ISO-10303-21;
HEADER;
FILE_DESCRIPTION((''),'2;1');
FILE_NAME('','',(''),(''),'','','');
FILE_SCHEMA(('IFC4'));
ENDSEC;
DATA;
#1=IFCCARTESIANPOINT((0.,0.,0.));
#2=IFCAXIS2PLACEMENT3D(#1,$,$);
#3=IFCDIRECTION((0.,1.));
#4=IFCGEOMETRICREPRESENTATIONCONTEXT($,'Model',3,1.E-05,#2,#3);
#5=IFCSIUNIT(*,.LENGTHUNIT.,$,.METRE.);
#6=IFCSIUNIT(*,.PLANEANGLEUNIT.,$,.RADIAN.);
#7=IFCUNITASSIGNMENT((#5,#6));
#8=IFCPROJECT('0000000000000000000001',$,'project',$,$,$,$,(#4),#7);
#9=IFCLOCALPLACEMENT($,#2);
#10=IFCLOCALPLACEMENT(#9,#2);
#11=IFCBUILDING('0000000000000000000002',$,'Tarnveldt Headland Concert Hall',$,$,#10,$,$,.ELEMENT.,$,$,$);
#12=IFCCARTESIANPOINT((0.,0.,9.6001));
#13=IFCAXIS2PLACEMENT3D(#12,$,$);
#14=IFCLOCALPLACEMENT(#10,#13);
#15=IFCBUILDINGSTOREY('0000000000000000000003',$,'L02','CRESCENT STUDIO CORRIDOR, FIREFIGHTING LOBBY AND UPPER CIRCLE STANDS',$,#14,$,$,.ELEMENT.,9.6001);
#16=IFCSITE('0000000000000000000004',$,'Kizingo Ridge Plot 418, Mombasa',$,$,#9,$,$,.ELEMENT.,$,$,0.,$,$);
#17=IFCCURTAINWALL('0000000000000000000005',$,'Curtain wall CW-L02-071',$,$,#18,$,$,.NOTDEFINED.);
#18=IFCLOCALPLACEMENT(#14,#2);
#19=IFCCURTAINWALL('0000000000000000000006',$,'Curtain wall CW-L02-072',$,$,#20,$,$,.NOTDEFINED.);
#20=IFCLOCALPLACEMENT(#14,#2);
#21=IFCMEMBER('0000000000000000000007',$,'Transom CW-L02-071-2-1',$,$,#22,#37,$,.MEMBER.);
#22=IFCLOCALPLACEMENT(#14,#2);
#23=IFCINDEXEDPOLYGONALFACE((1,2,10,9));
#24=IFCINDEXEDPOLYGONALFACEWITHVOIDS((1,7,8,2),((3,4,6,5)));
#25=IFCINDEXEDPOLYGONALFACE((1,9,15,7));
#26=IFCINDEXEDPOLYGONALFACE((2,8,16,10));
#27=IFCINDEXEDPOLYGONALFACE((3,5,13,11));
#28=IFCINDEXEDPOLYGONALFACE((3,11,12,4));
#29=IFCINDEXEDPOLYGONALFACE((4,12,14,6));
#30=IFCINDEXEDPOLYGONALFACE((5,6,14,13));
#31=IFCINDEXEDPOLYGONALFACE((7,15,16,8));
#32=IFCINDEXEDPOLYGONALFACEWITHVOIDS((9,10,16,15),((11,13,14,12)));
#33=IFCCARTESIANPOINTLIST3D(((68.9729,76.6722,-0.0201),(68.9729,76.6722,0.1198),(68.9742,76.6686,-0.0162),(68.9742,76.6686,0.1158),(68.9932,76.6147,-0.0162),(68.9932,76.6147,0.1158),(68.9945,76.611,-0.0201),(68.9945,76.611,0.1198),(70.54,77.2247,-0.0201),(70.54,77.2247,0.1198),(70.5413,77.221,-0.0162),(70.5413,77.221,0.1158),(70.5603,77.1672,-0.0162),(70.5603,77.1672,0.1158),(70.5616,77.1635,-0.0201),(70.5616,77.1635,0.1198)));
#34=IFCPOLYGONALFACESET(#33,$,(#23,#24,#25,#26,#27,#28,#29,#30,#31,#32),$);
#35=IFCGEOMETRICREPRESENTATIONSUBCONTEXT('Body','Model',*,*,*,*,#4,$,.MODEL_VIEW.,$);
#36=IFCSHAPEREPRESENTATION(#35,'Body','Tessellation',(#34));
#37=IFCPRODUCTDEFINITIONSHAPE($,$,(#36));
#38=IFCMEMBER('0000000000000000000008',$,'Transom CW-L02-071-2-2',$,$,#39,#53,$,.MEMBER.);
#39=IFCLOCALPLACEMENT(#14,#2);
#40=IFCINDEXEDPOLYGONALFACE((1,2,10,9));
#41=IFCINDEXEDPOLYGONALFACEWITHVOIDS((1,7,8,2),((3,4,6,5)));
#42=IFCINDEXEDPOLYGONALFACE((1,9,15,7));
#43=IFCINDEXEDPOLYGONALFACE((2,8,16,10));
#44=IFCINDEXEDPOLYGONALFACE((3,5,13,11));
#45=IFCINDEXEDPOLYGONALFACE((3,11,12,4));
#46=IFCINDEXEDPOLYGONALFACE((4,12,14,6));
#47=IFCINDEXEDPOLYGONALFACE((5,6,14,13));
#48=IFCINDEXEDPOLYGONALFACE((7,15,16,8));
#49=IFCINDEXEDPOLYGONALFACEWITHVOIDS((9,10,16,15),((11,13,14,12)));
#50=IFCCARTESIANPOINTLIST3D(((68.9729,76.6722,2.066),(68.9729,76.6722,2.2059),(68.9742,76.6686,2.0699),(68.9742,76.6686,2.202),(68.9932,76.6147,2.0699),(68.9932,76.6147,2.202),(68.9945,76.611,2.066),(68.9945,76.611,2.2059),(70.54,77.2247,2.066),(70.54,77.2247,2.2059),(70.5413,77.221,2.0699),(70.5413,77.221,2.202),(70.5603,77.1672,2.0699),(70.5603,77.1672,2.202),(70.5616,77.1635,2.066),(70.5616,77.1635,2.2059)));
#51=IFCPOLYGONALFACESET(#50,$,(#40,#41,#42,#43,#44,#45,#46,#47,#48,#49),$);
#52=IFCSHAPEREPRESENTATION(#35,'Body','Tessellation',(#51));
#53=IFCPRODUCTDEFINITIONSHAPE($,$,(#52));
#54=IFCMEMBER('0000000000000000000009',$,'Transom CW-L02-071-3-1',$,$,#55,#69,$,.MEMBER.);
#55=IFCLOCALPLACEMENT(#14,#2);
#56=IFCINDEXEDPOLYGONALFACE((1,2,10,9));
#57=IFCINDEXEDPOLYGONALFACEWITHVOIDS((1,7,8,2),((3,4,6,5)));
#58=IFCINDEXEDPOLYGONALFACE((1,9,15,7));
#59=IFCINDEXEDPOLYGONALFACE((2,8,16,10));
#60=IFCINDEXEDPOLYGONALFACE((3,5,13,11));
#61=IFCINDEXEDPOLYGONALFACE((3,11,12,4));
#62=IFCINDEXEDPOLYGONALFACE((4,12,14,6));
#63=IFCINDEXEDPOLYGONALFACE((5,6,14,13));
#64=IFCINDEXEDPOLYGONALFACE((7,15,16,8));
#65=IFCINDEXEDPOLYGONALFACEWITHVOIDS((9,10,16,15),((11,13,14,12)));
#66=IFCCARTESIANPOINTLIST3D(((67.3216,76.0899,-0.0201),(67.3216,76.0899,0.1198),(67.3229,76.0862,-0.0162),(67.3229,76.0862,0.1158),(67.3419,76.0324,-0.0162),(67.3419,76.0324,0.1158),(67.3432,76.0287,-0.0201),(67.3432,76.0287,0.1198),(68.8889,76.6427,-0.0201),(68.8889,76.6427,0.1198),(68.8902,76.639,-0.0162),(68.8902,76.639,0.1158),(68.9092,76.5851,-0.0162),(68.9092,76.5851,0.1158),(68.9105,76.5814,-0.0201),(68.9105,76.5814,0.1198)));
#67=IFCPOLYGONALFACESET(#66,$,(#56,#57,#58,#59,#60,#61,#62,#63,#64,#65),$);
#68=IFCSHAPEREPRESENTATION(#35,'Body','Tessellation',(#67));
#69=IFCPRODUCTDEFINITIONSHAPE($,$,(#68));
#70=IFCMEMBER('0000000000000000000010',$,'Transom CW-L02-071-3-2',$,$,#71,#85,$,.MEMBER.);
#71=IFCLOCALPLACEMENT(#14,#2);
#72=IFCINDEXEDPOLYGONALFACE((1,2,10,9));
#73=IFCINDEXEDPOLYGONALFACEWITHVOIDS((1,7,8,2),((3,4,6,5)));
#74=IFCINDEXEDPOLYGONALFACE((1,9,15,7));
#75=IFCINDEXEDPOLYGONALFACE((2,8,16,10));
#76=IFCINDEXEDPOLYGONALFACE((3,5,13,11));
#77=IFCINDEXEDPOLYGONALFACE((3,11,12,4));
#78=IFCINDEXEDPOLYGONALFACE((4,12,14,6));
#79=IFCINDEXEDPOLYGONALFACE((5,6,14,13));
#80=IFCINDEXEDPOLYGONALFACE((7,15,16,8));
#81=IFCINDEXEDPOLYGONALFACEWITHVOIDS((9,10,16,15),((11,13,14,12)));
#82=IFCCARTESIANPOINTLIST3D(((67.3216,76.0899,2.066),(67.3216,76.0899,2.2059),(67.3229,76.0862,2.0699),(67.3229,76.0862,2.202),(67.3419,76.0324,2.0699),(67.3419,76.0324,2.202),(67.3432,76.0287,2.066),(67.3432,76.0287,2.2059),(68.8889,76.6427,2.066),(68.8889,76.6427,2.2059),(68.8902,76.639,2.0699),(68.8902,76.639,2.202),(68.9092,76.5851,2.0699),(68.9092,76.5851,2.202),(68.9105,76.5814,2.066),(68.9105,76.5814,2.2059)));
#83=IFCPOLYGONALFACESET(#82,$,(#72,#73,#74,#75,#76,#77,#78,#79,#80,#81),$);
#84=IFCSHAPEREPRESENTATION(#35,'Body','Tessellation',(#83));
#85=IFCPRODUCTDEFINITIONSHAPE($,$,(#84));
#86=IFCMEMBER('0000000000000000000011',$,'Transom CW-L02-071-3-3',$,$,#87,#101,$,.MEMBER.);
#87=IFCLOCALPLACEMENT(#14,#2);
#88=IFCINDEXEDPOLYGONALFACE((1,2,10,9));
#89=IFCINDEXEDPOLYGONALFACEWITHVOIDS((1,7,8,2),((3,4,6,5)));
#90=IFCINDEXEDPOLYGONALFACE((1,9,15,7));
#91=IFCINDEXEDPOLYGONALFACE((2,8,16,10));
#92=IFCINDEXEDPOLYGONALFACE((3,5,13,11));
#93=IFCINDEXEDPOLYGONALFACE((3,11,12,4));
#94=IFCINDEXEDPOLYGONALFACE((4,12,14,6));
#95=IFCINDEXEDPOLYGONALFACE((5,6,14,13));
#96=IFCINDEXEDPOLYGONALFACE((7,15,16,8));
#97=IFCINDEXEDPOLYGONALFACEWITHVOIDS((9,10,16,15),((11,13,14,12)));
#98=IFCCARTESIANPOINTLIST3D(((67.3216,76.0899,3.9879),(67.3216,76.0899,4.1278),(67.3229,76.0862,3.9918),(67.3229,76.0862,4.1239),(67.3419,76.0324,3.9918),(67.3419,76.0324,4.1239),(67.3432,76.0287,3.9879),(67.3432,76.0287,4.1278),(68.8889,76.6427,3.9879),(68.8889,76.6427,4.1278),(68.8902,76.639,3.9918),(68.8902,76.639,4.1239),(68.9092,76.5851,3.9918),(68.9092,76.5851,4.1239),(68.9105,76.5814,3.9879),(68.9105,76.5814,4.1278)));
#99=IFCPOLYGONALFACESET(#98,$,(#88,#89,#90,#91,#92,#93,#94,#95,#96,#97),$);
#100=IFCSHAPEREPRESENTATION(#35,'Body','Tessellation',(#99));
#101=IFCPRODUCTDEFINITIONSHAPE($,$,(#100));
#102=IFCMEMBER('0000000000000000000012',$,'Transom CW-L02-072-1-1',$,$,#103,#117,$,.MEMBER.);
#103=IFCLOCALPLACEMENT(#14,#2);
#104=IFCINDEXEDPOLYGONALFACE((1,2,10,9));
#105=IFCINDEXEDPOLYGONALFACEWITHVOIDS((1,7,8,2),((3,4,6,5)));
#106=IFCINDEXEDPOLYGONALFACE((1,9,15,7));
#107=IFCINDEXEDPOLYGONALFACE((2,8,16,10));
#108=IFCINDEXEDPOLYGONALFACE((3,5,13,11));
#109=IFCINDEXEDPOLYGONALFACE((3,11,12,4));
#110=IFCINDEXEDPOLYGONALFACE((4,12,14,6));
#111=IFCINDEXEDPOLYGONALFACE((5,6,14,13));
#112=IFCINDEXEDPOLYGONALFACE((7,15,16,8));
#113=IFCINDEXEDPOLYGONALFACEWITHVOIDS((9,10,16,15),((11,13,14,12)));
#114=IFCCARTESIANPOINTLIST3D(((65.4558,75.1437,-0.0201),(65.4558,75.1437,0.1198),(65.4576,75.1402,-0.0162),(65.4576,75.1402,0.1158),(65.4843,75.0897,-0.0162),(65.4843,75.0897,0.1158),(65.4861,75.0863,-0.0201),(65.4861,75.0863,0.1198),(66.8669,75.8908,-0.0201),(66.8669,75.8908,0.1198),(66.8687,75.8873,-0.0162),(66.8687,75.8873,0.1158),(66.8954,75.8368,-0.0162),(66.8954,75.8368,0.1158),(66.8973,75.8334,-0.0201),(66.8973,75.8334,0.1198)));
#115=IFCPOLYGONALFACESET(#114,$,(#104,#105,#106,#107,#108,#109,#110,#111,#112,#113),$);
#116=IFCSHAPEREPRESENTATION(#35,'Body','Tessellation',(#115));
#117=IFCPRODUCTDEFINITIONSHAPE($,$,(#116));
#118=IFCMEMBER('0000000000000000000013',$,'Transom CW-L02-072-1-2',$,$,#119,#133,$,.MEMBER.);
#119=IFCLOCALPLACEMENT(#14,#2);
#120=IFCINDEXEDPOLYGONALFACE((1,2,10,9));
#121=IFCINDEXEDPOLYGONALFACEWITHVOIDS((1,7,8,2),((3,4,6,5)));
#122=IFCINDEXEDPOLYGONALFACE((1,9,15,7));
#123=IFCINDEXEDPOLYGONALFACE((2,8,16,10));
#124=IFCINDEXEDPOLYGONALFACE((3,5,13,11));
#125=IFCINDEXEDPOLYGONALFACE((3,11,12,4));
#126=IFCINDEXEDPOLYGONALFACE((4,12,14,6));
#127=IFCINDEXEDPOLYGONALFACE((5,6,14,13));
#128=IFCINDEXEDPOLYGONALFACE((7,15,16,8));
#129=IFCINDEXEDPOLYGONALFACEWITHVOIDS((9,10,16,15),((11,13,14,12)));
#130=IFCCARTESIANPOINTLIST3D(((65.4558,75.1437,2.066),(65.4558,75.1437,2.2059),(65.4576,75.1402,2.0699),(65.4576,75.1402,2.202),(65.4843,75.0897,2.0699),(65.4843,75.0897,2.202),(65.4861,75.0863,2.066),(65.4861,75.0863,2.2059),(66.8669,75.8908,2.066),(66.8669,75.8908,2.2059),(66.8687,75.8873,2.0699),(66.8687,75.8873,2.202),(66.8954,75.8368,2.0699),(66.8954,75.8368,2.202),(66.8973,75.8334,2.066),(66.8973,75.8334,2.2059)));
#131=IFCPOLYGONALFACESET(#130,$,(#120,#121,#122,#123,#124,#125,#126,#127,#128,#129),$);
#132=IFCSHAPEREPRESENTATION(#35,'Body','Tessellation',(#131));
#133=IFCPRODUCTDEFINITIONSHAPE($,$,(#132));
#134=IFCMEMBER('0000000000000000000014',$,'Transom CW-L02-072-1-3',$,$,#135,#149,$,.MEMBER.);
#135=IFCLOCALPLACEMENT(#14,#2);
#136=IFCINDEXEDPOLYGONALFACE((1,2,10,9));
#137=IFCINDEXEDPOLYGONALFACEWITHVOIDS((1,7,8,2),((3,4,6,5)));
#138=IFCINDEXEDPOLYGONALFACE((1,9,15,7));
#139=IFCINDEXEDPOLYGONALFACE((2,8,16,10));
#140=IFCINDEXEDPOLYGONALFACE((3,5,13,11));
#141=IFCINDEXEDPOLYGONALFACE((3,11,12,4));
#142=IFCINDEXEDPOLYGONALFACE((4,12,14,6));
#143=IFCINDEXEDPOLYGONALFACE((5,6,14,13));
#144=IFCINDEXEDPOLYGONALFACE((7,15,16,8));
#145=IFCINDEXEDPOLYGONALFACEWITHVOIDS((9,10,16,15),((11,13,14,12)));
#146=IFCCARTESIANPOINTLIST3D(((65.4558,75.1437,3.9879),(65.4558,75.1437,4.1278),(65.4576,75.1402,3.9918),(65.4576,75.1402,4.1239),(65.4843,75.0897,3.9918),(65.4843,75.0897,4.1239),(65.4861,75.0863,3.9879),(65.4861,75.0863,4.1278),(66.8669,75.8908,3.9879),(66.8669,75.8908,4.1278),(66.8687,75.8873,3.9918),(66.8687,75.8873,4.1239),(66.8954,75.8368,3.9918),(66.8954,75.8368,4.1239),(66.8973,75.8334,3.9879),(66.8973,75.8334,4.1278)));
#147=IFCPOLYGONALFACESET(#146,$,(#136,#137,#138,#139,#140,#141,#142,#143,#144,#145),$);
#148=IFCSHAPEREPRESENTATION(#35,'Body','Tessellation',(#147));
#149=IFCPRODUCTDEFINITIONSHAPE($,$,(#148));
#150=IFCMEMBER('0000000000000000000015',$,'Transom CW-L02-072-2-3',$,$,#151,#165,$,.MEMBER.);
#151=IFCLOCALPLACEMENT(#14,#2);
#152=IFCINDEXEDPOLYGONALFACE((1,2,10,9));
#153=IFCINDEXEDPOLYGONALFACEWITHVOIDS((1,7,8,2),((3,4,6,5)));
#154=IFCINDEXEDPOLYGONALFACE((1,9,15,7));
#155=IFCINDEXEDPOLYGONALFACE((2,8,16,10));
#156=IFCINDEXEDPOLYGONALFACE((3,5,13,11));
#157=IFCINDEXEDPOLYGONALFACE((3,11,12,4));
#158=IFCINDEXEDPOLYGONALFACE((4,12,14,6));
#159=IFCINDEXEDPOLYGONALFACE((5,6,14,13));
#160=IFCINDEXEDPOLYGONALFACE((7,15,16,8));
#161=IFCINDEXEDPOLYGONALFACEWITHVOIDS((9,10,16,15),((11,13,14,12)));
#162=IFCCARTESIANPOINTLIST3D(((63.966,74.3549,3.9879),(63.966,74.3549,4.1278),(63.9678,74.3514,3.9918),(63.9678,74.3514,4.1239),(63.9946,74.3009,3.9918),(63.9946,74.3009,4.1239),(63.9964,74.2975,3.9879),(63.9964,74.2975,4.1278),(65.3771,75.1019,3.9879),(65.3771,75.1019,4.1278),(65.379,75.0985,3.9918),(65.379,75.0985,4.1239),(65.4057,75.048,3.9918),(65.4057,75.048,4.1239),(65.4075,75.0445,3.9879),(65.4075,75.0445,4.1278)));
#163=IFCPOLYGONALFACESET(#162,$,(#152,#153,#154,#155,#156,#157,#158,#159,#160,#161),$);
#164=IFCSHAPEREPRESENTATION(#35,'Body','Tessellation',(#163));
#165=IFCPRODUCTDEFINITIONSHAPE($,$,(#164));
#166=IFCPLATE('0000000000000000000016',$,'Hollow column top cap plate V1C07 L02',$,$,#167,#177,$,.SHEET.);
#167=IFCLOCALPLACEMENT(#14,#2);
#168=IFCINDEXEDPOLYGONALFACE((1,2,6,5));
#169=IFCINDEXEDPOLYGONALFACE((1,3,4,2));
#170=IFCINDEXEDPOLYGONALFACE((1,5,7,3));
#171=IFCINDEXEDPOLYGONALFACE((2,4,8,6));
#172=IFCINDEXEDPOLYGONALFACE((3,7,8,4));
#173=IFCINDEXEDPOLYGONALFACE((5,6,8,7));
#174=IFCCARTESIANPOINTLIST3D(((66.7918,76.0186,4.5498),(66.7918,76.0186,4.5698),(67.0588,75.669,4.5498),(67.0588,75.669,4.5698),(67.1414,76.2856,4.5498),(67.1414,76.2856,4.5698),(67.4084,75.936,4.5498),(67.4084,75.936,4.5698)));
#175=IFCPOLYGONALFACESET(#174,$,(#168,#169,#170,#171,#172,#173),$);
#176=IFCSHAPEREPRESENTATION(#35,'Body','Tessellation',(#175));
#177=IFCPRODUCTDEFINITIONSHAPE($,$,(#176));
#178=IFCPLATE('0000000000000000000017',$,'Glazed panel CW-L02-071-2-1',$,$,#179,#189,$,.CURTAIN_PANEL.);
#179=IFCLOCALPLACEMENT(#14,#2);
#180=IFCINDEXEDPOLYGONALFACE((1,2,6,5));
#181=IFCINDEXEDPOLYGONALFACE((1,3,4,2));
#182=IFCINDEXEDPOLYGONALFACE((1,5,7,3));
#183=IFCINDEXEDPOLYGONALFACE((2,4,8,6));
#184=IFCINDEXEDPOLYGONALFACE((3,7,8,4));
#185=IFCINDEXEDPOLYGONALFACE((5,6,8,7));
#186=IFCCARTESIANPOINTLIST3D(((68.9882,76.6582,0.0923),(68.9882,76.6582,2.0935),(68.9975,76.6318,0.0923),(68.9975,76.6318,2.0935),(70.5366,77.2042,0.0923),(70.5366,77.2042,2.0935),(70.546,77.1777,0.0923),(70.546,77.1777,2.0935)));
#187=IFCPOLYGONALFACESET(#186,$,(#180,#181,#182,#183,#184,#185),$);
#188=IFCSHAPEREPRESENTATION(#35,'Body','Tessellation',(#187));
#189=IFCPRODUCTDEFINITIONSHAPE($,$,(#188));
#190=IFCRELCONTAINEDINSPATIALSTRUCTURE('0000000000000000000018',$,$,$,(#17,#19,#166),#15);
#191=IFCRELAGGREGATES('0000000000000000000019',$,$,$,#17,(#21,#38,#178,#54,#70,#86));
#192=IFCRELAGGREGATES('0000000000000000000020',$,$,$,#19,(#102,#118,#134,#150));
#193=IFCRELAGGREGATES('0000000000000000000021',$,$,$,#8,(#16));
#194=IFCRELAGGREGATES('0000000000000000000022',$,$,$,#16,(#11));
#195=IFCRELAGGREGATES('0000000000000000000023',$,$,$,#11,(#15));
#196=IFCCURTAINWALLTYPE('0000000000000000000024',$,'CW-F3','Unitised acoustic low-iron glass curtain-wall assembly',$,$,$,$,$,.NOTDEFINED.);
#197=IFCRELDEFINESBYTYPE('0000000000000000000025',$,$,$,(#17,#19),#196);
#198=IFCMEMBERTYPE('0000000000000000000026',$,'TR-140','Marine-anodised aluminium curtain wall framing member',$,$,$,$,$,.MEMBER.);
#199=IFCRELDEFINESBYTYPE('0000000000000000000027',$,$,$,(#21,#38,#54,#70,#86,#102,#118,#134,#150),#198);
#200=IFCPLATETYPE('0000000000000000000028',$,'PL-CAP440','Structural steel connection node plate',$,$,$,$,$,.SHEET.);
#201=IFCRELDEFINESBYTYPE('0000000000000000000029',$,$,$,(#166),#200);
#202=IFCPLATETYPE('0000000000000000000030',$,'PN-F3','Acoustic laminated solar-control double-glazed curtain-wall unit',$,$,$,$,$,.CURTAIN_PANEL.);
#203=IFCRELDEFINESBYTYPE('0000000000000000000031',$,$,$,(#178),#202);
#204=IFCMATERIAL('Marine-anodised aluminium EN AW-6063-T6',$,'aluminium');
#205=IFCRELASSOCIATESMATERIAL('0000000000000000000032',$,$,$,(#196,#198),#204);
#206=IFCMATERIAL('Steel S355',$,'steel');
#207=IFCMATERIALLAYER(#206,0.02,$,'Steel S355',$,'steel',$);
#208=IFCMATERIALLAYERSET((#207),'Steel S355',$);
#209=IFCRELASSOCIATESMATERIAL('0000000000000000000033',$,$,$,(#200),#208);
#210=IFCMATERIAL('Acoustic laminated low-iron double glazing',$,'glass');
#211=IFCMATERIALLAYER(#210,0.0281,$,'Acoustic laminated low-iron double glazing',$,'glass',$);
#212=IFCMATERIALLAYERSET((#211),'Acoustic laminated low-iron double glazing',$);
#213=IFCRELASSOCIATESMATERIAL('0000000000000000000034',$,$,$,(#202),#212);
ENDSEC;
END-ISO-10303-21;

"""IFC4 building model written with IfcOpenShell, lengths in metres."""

from ifc_helpers import new_model, si_unit, direction, frame, origin, origin_2d, place, context, subcontext, project, spatial, rectangle, hollow_rectangle, extrude, material, layer, layer_set, material_profile, profile_set, type_object, element, aggregate, save


model = new_model("IFC4")

# Units and contexts
model_context = context("Model", 3, precision=1e-05, world=origin(), true_north=direction((0.0, 1.0)))
body_context = subcontext(model_context, "Body", "Model", "MODEL_VIEW")
ifc_project = project(units=[si_unit("LENGTHUNIT", "METRE"), si_unit("PLANEANGLEUNIT", "RADIAN")], contexts=[model_context])

# Site, building, storey
site_placement = place(None, origin())
site = spatial("IfcSite", under=ifc_project, at=site_placement, Name="Kizingo Ridge Plot 418, Mombasa", CompositionType="ELEMENT", RefElevation=0.0)
building_placement = place(site_placement, origin())
building = spatial("IfcBuilding", under=site, at=building_placement, Name="Tarnveldt Headland Concert Hall", CompositionType="ELEMENT")
storey_placement = place(building_placement, frame((0.0, 0.0, 9.6001)))
storey = spatial("IfcBuildingStorey", under=building, at=storey_placement, Name="L02", Description="CRESCENT STUDIO CORRIDOR, FIREFIGHTING LOBBY AND UPPER CIRCLE STANDS", CompositionType="ELEMENT", Elevation=9.6001)

# Shared definitions
ifc_material_1 = material(Name="Steel S355", Category="steel")

# Curtain walls
ifc_material_2 = material(Name="Marine-anodised aluminium EN AW-6063-T6", Category="aluminium")
curtain_wall_type = type_object("IfcCurtainWallType", Name="CW-F3", Description="Unitised acoustic low-iron glass curtain-wall assembly", PredefinedType="NOTDEFINED", material=ifc_material_2)
curtain_wall_1_placement = place(storey_placement, origin())
curtain_wall_1 = element("IfcCurtainWall", 1, at=curtain_wall_1_placement, inside=storey, type_object=curtain_wall_type, Name="Curtain wall CW-L02-071", PredefinedType="NOTDEFINED")
curtain_wall_2_placement = place(storey_placement, origin())
curtain_wall_2 = element("IfcCurtainWall", 2, at=curtain_wall_2_placement, inside=storey, type_object=curtain_wall_type, Name="Curtain wall CW-L02-072", PredefinedType="NOTDEFINED")

# Members
ifc_material_profile_1 = material_profile(ifc_material_2, hollow_rectangle(XDim=0.0649, YDim=0.1399, WallThickness=0.0039, at=origin_2d()), Name="ALU TRANSOM 65x140x4", Category="aluminium")
ifc_profile_set_1 = profile_set([ifc_material_profile_1], Name="Marine-anodised aluminium EN AW-6063-T6")
member_type_1 = type_object("IfcMemberType", Name="TR-140", Description="Marine-anodised aluminium curtain wall framing member", PredefinedType="MEMBER", material=ifc_profile_set_1)
member_1_placement = place(storey_placement, frame((70.5508, 77.1941, 0.0498), z_axis=(-0.943107, -0.33249, 0.0), x_axis=(0.33249, -0.943107, 0.0)))
member_1 = element("IfcMember", 3, at=member_1_placement, type_object=member_type_1, Name="Transom CW-L02-071-2-1", PredefinedType="MEMBER", context=body_context, shape_type="SweptSolid", body=[
    extrude(hollow_rectangle(XDim=0.0649, YDim=0.1399, WallThickness=0.0039, at=origin_2d()), origin(), (0.0, 0.0, 1.0), 1.6616),
])
member_2_placement = place(storey_placement, frame((70.5508, 77.1941, 2.136), z_axis=(-0.943107, -0.33249, 0.0), x_axis=(0.33249, -0.943107, 0.0)))
member_2 = element("IfcMember", 4, at=member_2_placement, type_object=member_type_1, Name="Transom CW-L02-071-2-2", PredefinedType="MEMBER", context=body_context, shape_type="SweptSolid", body=[
    extrude(hollow_rectangle(XDim=0.0649, YDim=0.1399, WallThickness=0.0039, at=origin_2d()), origin(), (0.0, 0.0, 1.0), 1.6616),
])
member_3_placement = place(storey_placement, frame((68.8997, 76.6121, 0.0498), z_axis=(-0.943061, -0.33262, 0.0), x_axis=(0.33262, -0.943061, 0.0)))
member_3 = element("IfcMember", 5, at=member_3_placement, type_object=member_type_1, Name="Transom CW-L02-071-3-1", PredefinedType="MEMBER", context=body_context, shape_type="SweptSolid", body=[
    extrude(hollow_rectangle(XDim=0.0649, YDim=0.1399, WallThickness=0.0039, at=origin_2d()), origin(), (0.0, 0.0, 1.0), 1.6619),
])
member_4_placement = place(storey_placement, frame((68.8997, 76.6121, 2.136), z_axis=(-0.943061, -0.33262, 0.0), x_axis=(0.33262, -0.943061, 0.0)))
member_4 = element("IfcMember", 6, at=member_4_placement, type_object=member_type_1, Name="Transom CW-L02-071-3-2", PredefinedType="MEMBER", context=body_context, shape_type="SweptSolid", body=[
    extrude(hollow_rectangle(XDim=0.0649, YDim=0.1399, WallThickness=0.0039, at=origin_2d()), origin(), (0.0, 0.0, 1.0), 1.6619),
])
member_5_placement = place(storey_placement, frame((68.8997, 76.6121, 4.0579), z_axis=(-0.943061, -0.33262, 0.0), x_axis=(0.33262, -0.943061, 0.0)))
member_5 = element("IfcMember", 7, at=member_5_placement, type_object=member_type_1, Name="Transom CW-L02-071-3-3", PredefinedType="MEMBER", context=body_context, shape_type="SweptSolid", body=[
    extrude(hollow_rectangle(XDim=0.0649, YDim=0.1399, WallThickness=0.0039, at=origin_2d()), origin(), (0.0, 0.0, 1.0), 1.6619),
])
member_6_placement = place(storey_placement, frame((66.8821, 75.8621, 0.0498), z_axis=(-0.883788, -0.467888, 0.0), x_axis=(0.467888, -0.883788, 0.0)))
member_6 = element("IfcMember", 8, at=member_6_placement, type_object=member_type_1, Name="Transom CW-L02-072-1-1", PredefinedType="MEMBER", context=body_context, shape_type="SweptSolid", body=[
    extrude(hollow_rectangle(XDim=0.0649, YDim=0.1399, WallThickness=0.0039, at=origin_2d()), origin(), (0.0, 0.0, 1.0), 1.5967),
])
member_7_placement = place(storey_placement, frame((66.8821, 75.8621, 2.136), z_axis=(-0.883788, -0.467888, 0.0), x_axis=(0.467888, -0.883788, 0.0)))
member_7 = element("IfcMember", 9, at=member_7_placement, type_object=member_type_1, Name="Transom CW-L02-072-1-2", PredefinedType="MEMBER", context=body_context, shape_type="SweptSolid", body=[
    extrude(hollow_rectangle(XDim=0.0649, YDim=0.1399, WallThickness=0.0039, at=origin_2d()), origin(), (0.0, 0.0, 1.0), 1.5967),
])
member_8_placement = place(storey_placement, frame((66.8821, 75.8621, 4.0579), z_axis=(-0.883788, -0.467888, 0.0), x_axis=(0.467888, -0.883788, 0.0)))
member_8 = element("IfcMember", 10, at=member_8_placement, type_object=member_type_1, Name="Transom CW-L02-072-1-3", PredefinedType="MEMBER", context=body_context, shape_type="SweptSolid", body=[
    extrude(hollow_rectangle(XDim=0.0649, YDim=0.1399, WallThickness=0.0039, at=origin_2d()), origin(), (0.0, 0.0, 1.0), 1.5967),
])
member_9_placement = place(storey_placement, frame((65.3923, 75.0732, 4.0579), z_axis=(-0.883788, -0.467888, 0.0), x_axis=(0.467888, -0.883788, 0.0)))
member_9 = element("IfcMember", 11, at=member_9_placement, type_object=member_type_1, Name="Transom CW-L02-072-2-3", PredefinedType="MEMBER", context=body_context, shape_type="SweptSolid", body=[
    extrude(hollow_rectangle(XDim=0.0649, YDim=0.1399, WallThickness=0.0039, at=origin_2d()), origin(), (0.0, 0.0, 1.0), 1.5967),
])

# Plates
ifc_layer_1 = layer(ifc_material_1, 0.02, Name="Steel S355", Category="steel")
ifc_layer_set_1 = layer_set([ifc_layer_1], Name="Steel S355")
plate_type_1 = type_object("IfcPlateType", Name="PL-CAP440", Description="Structural steel connection node plate", PredefinedType="SHEET", material=ifc_layer_set_1)
plate_1_placement = place(storey_placement, frame((67.1001, 75.9773, 4.5498), z_axis=(0.0, 0.0, 1.0), x_axis=(-0.60696, 0.794733, 0.0)))
element("IfcPlate", 12, at=plate_1_placement, inside=storey, type_object=plate_type_1, Name="Hollow column top cap plate V1C07 L02", PredefinedType="SHEET", context=body_context, shape_type="SweptSolid", body=[
    extrude(rectangle(XDim=0.4399, YDim=0.4399, at=origin_2d()), origin(), (0.0, 0.0, 1.0), 0.02),
])
ifc_material_3 = material(Name="Acoustic laminated low-iron double glazing", Category="glass")
ifc_layer_2 = layer(ifc_material_3, 0.0281, Name="Acoustic laminated low-iron double glazing", Category="glass")
ifc_layer_set_2 = layer_set([ifc_layer_2], Name="Acoustic laminated low-iron double glazing")
plate_type_2 = type_object("IfcPlateType", Name="PN-F3", Description="Acoustic laminated solar-control double-glazed curtain-wall unit", PredefinedType="CURTAIN_PANEL", material=ifc_layer_set_2)
plate_2_placement = place(storey_placement, frame((69.7671, 76.918, 0.0923), z_axis=(0.0, 0.0, 1.0), x_axis=(-0.943095, -0.332523, 0.0)))
plate_2 = element("IfcPlate", 13, at=plate_2_placement, type_object=plate_type_2, Name="Glazed panel CW-L02-071-2-1", PredefinedType="CURTAIN_PANEL", context=body_context, shape_type="SweptSolid", body=[
    extrude(rectangle(XDim=1.6418, YDim=0.0281, at=origin_2d()), origin(), (0.0, 0.0, 1.0), 2.0012),
])
aggregate(curtain_wall_1, [member_1, member_2, plate_2, member_3, member_4, member_5])
aggregate(curtain_wall_2, [member_6, member_7, member_8, member_9])

save(model, "model.ifc")
